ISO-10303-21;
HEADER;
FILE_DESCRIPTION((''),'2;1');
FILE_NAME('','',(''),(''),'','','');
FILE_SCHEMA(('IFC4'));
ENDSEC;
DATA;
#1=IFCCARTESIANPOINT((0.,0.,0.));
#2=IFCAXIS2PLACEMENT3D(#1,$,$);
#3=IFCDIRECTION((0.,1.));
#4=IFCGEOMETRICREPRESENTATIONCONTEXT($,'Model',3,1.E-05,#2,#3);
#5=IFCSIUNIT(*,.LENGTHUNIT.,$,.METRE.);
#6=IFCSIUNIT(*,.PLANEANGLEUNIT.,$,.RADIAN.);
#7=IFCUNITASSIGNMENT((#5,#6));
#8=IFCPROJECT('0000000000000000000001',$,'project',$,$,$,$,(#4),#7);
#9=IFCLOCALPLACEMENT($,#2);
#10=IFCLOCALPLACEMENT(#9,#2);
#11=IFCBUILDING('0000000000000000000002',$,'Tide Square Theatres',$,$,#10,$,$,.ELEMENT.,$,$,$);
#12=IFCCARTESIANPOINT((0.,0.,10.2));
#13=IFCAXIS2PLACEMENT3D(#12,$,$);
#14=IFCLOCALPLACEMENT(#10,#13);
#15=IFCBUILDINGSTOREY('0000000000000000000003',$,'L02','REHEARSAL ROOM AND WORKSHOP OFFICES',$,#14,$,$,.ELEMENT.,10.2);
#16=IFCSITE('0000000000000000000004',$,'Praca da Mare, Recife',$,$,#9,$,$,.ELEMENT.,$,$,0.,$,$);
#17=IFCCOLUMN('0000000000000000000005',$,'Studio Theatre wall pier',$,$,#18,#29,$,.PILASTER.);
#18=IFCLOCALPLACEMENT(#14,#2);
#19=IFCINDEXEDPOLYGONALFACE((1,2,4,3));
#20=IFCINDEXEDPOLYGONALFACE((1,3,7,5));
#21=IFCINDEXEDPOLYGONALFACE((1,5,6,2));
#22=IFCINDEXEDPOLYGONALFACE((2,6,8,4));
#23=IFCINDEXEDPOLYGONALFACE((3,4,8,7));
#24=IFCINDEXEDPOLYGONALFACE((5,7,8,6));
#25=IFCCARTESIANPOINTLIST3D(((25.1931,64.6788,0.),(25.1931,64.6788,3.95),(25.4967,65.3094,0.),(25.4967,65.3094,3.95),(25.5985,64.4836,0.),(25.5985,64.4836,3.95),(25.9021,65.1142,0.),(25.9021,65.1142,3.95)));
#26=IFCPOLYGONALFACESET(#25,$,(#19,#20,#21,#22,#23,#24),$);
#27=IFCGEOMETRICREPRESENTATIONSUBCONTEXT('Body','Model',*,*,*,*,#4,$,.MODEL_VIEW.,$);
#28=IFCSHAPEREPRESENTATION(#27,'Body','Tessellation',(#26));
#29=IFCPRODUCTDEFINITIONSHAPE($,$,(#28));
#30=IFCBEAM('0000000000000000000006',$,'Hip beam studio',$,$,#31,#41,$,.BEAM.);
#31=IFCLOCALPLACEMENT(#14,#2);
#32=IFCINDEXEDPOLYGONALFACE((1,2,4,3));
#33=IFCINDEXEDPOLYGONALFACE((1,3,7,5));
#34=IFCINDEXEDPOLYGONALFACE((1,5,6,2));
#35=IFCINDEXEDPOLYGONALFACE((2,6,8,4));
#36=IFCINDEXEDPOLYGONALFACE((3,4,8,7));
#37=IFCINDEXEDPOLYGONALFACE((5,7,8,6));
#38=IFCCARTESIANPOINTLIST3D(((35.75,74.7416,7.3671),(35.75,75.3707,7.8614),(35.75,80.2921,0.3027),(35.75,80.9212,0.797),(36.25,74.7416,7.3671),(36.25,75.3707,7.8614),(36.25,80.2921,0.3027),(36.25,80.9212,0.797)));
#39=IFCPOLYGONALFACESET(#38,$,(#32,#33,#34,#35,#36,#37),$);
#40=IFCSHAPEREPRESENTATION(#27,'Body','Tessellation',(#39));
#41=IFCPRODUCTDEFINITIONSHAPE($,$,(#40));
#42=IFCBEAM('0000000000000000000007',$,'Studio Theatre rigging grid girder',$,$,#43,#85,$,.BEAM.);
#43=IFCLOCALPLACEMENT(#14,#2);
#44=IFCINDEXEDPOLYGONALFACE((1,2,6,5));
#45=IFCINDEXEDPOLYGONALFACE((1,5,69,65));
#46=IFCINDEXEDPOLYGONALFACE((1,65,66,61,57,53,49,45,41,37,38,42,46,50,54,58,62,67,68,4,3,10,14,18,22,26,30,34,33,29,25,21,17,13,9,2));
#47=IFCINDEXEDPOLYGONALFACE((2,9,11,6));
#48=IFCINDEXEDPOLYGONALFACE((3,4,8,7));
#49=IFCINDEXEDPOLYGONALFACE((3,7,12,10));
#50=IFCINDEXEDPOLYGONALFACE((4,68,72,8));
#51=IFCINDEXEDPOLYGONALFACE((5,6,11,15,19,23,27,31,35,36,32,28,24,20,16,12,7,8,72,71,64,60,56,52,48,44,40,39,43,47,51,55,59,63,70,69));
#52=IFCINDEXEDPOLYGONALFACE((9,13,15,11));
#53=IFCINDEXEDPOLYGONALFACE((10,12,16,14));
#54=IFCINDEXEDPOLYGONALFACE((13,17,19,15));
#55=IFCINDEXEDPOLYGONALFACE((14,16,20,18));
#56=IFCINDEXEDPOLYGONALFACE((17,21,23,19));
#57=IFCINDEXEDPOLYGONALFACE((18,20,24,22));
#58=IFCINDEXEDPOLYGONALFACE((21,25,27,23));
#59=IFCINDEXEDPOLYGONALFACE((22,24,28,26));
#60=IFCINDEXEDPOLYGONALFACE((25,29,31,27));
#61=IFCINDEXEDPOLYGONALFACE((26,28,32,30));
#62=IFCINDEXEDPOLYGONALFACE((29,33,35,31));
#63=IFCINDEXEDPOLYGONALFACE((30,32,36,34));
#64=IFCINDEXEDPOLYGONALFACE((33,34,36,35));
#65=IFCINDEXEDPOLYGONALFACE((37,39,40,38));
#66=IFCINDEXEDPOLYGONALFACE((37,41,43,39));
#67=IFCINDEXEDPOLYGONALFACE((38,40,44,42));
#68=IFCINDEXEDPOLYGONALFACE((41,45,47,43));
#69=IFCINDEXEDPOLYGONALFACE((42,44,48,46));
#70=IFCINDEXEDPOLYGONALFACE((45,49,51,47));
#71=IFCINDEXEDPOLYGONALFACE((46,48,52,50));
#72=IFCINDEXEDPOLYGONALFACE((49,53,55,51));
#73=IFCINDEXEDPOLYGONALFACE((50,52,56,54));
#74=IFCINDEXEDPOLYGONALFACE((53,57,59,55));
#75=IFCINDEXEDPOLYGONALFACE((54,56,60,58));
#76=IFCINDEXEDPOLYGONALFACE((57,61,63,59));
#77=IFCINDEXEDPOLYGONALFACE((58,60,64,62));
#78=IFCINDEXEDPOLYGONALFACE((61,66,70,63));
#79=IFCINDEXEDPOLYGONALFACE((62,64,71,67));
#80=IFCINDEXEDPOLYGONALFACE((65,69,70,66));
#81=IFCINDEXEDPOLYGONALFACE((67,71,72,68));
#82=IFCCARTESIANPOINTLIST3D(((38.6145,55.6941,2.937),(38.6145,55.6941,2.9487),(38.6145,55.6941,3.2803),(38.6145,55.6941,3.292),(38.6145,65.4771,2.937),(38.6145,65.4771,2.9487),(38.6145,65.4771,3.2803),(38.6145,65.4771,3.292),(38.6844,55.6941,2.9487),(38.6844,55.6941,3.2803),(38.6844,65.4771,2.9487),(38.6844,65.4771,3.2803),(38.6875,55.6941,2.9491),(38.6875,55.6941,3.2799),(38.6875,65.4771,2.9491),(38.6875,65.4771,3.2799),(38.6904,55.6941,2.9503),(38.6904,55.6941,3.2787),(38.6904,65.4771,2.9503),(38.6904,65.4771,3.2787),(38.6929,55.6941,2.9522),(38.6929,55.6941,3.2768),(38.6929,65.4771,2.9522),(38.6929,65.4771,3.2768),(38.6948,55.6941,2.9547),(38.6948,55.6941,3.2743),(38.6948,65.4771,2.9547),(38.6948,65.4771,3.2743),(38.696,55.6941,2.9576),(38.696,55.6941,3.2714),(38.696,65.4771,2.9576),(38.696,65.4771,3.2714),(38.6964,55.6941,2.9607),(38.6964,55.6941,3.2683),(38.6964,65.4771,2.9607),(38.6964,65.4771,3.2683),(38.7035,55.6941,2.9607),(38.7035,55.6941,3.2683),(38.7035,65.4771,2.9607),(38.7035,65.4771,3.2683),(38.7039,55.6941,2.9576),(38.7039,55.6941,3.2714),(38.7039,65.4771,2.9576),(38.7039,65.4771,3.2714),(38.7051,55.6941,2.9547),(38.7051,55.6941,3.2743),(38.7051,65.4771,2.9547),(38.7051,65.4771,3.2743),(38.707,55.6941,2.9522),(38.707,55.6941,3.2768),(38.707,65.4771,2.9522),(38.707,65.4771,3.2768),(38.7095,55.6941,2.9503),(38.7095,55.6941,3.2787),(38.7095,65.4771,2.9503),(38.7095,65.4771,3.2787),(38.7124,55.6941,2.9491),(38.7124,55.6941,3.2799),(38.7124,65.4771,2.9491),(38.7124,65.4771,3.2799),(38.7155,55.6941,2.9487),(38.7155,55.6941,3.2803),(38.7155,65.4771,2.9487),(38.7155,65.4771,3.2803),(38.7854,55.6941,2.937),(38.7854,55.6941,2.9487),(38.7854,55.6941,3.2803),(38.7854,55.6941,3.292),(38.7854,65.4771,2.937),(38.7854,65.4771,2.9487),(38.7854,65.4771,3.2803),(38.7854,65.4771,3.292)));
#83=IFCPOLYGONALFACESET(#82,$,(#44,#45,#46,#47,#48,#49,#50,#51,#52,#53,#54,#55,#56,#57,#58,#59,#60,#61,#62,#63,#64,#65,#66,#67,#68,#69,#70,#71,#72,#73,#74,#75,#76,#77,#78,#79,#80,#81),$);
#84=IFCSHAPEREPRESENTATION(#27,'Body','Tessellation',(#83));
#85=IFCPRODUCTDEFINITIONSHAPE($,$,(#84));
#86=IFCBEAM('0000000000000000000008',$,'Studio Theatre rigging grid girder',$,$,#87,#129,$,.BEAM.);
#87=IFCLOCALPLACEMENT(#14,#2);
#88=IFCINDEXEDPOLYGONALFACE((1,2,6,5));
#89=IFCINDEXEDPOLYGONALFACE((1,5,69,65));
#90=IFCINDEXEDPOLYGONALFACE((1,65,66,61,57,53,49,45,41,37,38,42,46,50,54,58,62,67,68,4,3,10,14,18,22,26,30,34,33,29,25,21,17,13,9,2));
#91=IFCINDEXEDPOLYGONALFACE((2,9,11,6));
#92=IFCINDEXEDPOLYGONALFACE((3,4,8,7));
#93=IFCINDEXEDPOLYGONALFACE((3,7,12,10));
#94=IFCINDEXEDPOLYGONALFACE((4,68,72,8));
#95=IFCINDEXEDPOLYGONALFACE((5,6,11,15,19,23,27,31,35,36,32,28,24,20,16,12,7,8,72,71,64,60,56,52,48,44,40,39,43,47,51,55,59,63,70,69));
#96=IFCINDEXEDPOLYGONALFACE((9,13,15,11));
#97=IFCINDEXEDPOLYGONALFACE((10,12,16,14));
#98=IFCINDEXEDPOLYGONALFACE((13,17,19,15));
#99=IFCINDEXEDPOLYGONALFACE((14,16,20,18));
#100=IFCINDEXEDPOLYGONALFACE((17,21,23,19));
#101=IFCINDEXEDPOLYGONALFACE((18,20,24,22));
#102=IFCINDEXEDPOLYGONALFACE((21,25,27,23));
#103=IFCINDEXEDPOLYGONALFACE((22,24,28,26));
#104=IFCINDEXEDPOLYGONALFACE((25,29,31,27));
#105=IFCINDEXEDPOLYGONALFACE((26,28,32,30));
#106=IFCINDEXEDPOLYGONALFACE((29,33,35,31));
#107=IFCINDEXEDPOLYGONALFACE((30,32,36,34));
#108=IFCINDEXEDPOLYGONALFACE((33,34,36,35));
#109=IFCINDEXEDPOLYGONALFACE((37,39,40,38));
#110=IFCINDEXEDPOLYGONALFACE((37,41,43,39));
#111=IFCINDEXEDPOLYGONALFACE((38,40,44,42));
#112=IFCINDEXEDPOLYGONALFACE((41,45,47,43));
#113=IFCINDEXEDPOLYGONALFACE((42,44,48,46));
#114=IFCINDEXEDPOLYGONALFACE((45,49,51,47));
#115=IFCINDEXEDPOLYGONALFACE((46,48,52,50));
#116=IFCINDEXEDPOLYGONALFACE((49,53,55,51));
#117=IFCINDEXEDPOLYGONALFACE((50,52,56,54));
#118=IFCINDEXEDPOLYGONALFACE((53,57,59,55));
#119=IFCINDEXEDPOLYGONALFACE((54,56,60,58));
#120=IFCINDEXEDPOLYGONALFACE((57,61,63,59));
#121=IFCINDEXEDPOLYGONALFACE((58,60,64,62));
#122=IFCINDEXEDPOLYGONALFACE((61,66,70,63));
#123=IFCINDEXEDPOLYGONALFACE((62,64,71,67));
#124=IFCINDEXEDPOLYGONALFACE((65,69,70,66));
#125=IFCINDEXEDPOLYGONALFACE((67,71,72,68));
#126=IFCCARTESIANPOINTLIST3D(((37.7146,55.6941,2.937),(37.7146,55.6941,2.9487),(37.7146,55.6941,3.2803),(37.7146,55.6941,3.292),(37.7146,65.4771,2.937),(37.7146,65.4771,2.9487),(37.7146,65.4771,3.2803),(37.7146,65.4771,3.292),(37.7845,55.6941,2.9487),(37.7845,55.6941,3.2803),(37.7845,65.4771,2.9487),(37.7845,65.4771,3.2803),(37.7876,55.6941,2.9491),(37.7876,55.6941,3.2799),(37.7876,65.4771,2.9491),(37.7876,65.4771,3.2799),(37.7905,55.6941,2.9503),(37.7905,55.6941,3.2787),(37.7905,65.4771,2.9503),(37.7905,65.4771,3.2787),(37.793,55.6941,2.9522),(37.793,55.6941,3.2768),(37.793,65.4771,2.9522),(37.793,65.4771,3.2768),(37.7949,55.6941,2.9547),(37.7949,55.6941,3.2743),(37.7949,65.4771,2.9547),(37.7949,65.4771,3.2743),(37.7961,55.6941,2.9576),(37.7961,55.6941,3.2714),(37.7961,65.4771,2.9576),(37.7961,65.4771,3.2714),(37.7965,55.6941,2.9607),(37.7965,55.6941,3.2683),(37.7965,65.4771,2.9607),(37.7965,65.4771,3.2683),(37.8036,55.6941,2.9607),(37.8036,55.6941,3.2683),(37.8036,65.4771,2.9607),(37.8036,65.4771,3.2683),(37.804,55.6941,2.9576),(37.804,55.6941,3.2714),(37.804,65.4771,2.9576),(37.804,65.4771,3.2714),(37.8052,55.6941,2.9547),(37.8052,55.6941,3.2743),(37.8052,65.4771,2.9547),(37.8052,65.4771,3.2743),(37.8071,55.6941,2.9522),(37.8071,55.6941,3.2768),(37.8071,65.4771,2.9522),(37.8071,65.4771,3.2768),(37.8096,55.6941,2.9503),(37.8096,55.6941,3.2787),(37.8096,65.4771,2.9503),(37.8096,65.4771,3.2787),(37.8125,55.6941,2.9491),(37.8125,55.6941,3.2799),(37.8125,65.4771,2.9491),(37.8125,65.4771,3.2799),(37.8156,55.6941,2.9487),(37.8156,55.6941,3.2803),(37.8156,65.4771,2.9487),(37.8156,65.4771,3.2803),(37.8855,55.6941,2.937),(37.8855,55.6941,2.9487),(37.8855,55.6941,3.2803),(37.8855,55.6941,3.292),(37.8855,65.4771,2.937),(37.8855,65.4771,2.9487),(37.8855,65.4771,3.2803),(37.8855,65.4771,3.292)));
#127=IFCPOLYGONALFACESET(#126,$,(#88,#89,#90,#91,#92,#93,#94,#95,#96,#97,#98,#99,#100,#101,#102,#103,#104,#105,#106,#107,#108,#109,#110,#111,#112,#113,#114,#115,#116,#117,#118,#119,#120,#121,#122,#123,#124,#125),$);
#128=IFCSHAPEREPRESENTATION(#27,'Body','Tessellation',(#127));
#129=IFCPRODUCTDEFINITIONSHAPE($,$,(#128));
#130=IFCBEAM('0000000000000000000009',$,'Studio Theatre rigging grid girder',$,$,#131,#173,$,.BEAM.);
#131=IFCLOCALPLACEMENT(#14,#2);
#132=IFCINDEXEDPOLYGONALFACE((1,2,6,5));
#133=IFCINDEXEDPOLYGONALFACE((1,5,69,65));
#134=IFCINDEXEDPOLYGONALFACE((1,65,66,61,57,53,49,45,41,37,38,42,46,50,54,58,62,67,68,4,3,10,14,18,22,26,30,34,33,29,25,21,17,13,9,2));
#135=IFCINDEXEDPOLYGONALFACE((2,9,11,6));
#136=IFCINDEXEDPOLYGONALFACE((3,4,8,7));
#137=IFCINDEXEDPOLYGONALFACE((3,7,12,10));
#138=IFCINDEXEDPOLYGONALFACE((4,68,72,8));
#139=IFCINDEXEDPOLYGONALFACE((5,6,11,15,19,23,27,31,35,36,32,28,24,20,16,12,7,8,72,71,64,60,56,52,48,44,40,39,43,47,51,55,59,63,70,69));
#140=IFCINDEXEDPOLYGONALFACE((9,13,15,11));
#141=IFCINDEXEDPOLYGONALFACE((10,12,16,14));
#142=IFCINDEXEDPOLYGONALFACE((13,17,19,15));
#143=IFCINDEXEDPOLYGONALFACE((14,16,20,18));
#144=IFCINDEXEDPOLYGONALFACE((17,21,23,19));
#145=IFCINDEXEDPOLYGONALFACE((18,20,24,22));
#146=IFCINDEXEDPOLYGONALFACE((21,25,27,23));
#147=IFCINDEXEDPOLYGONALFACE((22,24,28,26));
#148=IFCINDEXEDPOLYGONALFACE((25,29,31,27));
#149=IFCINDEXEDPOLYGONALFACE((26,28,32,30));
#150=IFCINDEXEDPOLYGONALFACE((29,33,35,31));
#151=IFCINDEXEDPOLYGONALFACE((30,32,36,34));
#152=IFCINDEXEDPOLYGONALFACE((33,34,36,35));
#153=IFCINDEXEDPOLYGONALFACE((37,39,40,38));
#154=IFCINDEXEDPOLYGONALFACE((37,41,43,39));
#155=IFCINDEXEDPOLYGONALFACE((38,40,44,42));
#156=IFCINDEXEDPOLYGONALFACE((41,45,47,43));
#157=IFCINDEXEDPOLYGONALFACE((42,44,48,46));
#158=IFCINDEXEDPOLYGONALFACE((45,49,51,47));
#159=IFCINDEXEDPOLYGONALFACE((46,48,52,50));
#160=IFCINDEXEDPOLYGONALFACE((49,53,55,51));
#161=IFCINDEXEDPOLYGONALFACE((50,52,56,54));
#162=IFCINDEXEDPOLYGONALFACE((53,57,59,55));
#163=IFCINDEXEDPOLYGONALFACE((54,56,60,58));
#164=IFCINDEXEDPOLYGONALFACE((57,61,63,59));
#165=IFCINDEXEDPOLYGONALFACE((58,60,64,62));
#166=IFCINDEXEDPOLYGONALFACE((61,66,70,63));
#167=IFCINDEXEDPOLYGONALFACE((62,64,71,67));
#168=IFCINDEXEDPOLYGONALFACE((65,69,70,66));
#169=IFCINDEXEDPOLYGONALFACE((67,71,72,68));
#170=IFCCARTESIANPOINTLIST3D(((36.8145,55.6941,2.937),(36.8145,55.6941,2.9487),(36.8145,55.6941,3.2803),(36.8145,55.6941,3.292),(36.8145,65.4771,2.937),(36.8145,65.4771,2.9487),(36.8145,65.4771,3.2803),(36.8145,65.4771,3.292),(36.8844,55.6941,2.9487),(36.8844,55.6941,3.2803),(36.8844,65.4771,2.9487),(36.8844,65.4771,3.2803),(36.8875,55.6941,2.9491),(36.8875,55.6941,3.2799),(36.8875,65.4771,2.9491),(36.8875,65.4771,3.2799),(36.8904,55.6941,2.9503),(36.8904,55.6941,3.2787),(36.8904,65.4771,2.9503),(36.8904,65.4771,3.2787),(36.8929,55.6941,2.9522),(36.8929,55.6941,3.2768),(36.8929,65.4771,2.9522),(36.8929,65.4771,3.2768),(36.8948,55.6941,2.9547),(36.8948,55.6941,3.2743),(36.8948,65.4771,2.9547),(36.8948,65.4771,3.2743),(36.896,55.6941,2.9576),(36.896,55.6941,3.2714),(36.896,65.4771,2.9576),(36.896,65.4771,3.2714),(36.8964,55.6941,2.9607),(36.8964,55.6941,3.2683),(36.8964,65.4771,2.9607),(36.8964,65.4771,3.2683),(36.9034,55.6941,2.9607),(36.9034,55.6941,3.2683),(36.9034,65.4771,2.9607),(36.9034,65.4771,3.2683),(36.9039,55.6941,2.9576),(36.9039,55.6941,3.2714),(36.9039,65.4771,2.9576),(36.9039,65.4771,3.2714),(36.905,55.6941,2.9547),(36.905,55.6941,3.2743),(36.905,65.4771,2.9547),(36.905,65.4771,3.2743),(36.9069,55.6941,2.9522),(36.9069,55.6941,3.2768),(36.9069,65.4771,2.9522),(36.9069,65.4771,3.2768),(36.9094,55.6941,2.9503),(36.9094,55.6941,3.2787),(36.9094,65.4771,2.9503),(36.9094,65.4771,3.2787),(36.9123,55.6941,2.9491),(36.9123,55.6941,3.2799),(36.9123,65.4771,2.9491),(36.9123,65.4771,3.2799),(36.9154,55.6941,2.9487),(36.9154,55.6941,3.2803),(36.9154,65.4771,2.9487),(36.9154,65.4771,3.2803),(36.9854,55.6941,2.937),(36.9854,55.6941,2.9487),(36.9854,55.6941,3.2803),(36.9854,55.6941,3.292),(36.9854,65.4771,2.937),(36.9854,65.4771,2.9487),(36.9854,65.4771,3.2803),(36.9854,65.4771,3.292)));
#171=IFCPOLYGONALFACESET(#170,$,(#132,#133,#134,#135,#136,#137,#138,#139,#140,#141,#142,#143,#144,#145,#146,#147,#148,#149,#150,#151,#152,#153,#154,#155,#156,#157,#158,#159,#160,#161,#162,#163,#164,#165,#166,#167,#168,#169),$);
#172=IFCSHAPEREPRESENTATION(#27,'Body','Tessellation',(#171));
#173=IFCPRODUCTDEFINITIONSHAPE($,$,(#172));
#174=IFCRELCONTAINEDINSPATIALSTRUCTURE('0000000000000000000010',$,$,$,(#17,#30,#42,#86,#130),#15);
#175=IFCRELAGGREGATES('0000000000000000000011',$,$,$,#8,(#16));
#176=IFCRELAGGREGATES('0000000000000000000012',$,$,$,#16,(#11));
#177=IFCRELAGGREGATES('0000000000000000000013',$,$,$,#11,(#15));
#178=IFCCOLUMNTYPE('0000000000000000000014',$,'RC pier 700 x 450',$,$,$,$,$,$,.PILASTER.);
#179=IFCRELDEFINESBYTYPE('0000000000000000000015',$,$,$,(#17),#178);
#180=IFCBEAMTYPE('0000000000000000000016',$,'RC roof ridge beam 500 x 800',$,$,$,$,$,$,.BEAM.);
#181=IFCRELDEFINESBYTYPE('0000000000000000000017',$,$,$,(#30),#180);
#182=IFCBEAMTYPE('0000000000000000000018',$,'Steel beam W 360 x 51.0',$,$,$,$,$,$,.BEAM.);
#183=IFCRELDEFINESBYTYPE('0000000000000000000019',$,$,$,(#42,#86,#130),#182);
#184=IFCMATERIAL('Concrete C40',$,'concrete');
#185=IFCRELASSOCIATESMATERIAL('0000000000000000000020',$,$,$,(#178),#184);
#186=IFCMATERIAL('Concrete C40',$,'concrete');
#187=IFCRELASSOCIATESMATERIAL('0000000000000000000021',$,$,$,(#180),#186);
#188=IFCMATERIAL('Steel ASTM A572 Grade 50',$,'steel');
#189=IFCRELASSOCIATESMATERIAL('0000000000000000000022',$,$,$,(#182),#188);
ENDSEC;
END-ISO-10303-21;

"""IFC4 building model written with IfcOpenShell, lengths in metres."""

from ifc_helpers import new_model, si_unit, direction, frame, origin, origin_2d, place, context, subcontext, project, spatial, rectangle, i_section, extrude, material, material_profile, profile_set, type_object, element, save


model = new_model("IFC4")

# Units and contexts
model_context = context("Model", 3, precision=1e-05, world=origin(), true_north=direction((0.0, 1.0)))
body_context = subcontext(model_context, "Body", "Model", "MODEL_VIEW")
ifc_project = project(units=[si_unit("LENGTHUNIT", "METRE"), si_unit("PLANEANGLEUNIT", "RADIAN")], contexts=[model_context])

# Site, building, storey
site_placement = place(None, origin())
site = spatial("IfcSite", under=ifc_project, at=site_placement, Name="Praca da Mare, Recife", CompositionType="ELEMENT", RefElevation=0.0)
building_placement = place(site_placement, origin())
building = spatial("IfcBuilding", under=site, at=building_placement, Name="Tide Square Theatres", CompositionType="ELEMENT")
storey_placement = place(building_placement, frame((0.0, 0.0, 10.2)))
storey = spatial("IfcBuildingStorey", under=building, at=storey_placement, Name="L02", Description="REHEARSAL ROOM AND WORKSHOP OFFICES", CompositionType="ELEMENT", Elevation=10.2)

# Column
ifc_material_1 = material(Name="Concrete C40", Category="concrete")
ifc_material_profile_1 = material_profile(ifc_material_1, rectangle(XDim=0.7, YDim=0.45, at=origin_2d()))
ifc_profile_set_1 = profile_set([ifc_material_profile_1], Name="Concrete C40")
column_type = type_object("IfcColumnType", Name="RC pier 700 x 450", PredefinedType="PILASTER", material=ifc_profile_set_1)
column_placement = place(storey_placement, frame((25.5476, 64.8965, 0.0), z_axis=(0.0, 0.0, 1.0), x_axis=(-0.433814, -0.901003, 0.0)))
element("IfcColumn", 1, at=column_placement, inside=storey, type_object=column_type, Name="Studio Theatre wall pier", PredefinedType="PILASTER", context=body_context, shape_type="SweptSolid", body=[
    extrude(rectangle(XDim=0.7, YDim=0.45, at=origin_2d()), origin(), (0.0, 0.0, 1.0), 3.95),
])

# Beams
ifc_material_2 = material(Name="Concrete C40", Category="concrete")
ifc_material_profile_2 = material_profile(ifc_material_2, rectangle(XDim=0.5, YDim=0.8, at=origin_2d()))
ifc_profile_set_2 = profile_set([ifc_material_profile_2], Name="Concrete C40")
beam_type_1 = type_object("IfcBeamType", Name="RC roof ridge beam 500 x 800", PredefinedType="BEAM", material=ifc_profile_set_2)
beam_placement = place(storey_placement, frame((36.0, 75.0562, 7.6143), z_axis=(0.0, 0.617814, -0.786324), x_axis=(-1.0, 0.0, 0.0)))
element("IfcBeam", 2, at=beam_placement, inside=storey, type_object=beam_type_1, Name="Hip beam studio", PredefinedType="BEAM", context=body_context, shape_type="SweptSolid", body=[
    extrude(rectangle(XDim=0.5, YDim=0.8, at=origin_2d()), origin(), (0.0, 0.0, 1.0), 8.9841),
])
ifc_material_3 = material(Name="Steel ASTM A572 Grade 50", Category="steel")
ifc_material_profile_3 = material_profile(ifc_material_3, i_section(OverallWidth=0.1709, OverallDepth=0.355, WebThickness=0.0071, FlangeThickness=0.0117, FilletRadius=0.012, at=origin_2d()))
ifc_profile_set_3 = profile_set([ifc_material_profile_3], Name="Steel ASTM A572 Grade 50")
beam_type_2 = type_object("IfcBeamType", Name="Steel beam W 360 x 51.0", PredefinedType="BEAM", material=ifc_profile_set_3)
for number, where, z_axis, x_axis, name in (
    (3, (38.7, 55.6941, 3.1145), (0.0, 1.0, 0.0), (-1.0, 0.0, 0.0), "Studio Theatre rigging grid girder"),
    (4, (37.8, 55.6941, 3.1145), (0.0, 1.0, 0.0), (-1.0, 0.0, 0.0), "Studio Theatre rigging grid girder"),
    (5, (36.8999, 55.6941, 3.1145), (0.0, 1.0, 0.0), (-1.0, 0.0, 0.0), "Studio Theatre rigging grid girder"),
):
    element("IfcBeam", number, at=place(storey_placement, frame(where, z_axis=z_axis, x_axis=x_axis)), inside=storey, type_object=beam_type_2, Name=name, PredefinedType="BEAM", context=body_context, shape_type="SweptSolid", body=[
        extrude(i_section(OverallWidth=0.1709, OverallDepth=0.355, WebThickness=0.0071, FlangeThickness=0.0117, FilletRadius=0.012, at=origin_2d()), origin(), (0.0, 0.0, 1.0), 9.783),
    ])

save(model, "model.ifc")
